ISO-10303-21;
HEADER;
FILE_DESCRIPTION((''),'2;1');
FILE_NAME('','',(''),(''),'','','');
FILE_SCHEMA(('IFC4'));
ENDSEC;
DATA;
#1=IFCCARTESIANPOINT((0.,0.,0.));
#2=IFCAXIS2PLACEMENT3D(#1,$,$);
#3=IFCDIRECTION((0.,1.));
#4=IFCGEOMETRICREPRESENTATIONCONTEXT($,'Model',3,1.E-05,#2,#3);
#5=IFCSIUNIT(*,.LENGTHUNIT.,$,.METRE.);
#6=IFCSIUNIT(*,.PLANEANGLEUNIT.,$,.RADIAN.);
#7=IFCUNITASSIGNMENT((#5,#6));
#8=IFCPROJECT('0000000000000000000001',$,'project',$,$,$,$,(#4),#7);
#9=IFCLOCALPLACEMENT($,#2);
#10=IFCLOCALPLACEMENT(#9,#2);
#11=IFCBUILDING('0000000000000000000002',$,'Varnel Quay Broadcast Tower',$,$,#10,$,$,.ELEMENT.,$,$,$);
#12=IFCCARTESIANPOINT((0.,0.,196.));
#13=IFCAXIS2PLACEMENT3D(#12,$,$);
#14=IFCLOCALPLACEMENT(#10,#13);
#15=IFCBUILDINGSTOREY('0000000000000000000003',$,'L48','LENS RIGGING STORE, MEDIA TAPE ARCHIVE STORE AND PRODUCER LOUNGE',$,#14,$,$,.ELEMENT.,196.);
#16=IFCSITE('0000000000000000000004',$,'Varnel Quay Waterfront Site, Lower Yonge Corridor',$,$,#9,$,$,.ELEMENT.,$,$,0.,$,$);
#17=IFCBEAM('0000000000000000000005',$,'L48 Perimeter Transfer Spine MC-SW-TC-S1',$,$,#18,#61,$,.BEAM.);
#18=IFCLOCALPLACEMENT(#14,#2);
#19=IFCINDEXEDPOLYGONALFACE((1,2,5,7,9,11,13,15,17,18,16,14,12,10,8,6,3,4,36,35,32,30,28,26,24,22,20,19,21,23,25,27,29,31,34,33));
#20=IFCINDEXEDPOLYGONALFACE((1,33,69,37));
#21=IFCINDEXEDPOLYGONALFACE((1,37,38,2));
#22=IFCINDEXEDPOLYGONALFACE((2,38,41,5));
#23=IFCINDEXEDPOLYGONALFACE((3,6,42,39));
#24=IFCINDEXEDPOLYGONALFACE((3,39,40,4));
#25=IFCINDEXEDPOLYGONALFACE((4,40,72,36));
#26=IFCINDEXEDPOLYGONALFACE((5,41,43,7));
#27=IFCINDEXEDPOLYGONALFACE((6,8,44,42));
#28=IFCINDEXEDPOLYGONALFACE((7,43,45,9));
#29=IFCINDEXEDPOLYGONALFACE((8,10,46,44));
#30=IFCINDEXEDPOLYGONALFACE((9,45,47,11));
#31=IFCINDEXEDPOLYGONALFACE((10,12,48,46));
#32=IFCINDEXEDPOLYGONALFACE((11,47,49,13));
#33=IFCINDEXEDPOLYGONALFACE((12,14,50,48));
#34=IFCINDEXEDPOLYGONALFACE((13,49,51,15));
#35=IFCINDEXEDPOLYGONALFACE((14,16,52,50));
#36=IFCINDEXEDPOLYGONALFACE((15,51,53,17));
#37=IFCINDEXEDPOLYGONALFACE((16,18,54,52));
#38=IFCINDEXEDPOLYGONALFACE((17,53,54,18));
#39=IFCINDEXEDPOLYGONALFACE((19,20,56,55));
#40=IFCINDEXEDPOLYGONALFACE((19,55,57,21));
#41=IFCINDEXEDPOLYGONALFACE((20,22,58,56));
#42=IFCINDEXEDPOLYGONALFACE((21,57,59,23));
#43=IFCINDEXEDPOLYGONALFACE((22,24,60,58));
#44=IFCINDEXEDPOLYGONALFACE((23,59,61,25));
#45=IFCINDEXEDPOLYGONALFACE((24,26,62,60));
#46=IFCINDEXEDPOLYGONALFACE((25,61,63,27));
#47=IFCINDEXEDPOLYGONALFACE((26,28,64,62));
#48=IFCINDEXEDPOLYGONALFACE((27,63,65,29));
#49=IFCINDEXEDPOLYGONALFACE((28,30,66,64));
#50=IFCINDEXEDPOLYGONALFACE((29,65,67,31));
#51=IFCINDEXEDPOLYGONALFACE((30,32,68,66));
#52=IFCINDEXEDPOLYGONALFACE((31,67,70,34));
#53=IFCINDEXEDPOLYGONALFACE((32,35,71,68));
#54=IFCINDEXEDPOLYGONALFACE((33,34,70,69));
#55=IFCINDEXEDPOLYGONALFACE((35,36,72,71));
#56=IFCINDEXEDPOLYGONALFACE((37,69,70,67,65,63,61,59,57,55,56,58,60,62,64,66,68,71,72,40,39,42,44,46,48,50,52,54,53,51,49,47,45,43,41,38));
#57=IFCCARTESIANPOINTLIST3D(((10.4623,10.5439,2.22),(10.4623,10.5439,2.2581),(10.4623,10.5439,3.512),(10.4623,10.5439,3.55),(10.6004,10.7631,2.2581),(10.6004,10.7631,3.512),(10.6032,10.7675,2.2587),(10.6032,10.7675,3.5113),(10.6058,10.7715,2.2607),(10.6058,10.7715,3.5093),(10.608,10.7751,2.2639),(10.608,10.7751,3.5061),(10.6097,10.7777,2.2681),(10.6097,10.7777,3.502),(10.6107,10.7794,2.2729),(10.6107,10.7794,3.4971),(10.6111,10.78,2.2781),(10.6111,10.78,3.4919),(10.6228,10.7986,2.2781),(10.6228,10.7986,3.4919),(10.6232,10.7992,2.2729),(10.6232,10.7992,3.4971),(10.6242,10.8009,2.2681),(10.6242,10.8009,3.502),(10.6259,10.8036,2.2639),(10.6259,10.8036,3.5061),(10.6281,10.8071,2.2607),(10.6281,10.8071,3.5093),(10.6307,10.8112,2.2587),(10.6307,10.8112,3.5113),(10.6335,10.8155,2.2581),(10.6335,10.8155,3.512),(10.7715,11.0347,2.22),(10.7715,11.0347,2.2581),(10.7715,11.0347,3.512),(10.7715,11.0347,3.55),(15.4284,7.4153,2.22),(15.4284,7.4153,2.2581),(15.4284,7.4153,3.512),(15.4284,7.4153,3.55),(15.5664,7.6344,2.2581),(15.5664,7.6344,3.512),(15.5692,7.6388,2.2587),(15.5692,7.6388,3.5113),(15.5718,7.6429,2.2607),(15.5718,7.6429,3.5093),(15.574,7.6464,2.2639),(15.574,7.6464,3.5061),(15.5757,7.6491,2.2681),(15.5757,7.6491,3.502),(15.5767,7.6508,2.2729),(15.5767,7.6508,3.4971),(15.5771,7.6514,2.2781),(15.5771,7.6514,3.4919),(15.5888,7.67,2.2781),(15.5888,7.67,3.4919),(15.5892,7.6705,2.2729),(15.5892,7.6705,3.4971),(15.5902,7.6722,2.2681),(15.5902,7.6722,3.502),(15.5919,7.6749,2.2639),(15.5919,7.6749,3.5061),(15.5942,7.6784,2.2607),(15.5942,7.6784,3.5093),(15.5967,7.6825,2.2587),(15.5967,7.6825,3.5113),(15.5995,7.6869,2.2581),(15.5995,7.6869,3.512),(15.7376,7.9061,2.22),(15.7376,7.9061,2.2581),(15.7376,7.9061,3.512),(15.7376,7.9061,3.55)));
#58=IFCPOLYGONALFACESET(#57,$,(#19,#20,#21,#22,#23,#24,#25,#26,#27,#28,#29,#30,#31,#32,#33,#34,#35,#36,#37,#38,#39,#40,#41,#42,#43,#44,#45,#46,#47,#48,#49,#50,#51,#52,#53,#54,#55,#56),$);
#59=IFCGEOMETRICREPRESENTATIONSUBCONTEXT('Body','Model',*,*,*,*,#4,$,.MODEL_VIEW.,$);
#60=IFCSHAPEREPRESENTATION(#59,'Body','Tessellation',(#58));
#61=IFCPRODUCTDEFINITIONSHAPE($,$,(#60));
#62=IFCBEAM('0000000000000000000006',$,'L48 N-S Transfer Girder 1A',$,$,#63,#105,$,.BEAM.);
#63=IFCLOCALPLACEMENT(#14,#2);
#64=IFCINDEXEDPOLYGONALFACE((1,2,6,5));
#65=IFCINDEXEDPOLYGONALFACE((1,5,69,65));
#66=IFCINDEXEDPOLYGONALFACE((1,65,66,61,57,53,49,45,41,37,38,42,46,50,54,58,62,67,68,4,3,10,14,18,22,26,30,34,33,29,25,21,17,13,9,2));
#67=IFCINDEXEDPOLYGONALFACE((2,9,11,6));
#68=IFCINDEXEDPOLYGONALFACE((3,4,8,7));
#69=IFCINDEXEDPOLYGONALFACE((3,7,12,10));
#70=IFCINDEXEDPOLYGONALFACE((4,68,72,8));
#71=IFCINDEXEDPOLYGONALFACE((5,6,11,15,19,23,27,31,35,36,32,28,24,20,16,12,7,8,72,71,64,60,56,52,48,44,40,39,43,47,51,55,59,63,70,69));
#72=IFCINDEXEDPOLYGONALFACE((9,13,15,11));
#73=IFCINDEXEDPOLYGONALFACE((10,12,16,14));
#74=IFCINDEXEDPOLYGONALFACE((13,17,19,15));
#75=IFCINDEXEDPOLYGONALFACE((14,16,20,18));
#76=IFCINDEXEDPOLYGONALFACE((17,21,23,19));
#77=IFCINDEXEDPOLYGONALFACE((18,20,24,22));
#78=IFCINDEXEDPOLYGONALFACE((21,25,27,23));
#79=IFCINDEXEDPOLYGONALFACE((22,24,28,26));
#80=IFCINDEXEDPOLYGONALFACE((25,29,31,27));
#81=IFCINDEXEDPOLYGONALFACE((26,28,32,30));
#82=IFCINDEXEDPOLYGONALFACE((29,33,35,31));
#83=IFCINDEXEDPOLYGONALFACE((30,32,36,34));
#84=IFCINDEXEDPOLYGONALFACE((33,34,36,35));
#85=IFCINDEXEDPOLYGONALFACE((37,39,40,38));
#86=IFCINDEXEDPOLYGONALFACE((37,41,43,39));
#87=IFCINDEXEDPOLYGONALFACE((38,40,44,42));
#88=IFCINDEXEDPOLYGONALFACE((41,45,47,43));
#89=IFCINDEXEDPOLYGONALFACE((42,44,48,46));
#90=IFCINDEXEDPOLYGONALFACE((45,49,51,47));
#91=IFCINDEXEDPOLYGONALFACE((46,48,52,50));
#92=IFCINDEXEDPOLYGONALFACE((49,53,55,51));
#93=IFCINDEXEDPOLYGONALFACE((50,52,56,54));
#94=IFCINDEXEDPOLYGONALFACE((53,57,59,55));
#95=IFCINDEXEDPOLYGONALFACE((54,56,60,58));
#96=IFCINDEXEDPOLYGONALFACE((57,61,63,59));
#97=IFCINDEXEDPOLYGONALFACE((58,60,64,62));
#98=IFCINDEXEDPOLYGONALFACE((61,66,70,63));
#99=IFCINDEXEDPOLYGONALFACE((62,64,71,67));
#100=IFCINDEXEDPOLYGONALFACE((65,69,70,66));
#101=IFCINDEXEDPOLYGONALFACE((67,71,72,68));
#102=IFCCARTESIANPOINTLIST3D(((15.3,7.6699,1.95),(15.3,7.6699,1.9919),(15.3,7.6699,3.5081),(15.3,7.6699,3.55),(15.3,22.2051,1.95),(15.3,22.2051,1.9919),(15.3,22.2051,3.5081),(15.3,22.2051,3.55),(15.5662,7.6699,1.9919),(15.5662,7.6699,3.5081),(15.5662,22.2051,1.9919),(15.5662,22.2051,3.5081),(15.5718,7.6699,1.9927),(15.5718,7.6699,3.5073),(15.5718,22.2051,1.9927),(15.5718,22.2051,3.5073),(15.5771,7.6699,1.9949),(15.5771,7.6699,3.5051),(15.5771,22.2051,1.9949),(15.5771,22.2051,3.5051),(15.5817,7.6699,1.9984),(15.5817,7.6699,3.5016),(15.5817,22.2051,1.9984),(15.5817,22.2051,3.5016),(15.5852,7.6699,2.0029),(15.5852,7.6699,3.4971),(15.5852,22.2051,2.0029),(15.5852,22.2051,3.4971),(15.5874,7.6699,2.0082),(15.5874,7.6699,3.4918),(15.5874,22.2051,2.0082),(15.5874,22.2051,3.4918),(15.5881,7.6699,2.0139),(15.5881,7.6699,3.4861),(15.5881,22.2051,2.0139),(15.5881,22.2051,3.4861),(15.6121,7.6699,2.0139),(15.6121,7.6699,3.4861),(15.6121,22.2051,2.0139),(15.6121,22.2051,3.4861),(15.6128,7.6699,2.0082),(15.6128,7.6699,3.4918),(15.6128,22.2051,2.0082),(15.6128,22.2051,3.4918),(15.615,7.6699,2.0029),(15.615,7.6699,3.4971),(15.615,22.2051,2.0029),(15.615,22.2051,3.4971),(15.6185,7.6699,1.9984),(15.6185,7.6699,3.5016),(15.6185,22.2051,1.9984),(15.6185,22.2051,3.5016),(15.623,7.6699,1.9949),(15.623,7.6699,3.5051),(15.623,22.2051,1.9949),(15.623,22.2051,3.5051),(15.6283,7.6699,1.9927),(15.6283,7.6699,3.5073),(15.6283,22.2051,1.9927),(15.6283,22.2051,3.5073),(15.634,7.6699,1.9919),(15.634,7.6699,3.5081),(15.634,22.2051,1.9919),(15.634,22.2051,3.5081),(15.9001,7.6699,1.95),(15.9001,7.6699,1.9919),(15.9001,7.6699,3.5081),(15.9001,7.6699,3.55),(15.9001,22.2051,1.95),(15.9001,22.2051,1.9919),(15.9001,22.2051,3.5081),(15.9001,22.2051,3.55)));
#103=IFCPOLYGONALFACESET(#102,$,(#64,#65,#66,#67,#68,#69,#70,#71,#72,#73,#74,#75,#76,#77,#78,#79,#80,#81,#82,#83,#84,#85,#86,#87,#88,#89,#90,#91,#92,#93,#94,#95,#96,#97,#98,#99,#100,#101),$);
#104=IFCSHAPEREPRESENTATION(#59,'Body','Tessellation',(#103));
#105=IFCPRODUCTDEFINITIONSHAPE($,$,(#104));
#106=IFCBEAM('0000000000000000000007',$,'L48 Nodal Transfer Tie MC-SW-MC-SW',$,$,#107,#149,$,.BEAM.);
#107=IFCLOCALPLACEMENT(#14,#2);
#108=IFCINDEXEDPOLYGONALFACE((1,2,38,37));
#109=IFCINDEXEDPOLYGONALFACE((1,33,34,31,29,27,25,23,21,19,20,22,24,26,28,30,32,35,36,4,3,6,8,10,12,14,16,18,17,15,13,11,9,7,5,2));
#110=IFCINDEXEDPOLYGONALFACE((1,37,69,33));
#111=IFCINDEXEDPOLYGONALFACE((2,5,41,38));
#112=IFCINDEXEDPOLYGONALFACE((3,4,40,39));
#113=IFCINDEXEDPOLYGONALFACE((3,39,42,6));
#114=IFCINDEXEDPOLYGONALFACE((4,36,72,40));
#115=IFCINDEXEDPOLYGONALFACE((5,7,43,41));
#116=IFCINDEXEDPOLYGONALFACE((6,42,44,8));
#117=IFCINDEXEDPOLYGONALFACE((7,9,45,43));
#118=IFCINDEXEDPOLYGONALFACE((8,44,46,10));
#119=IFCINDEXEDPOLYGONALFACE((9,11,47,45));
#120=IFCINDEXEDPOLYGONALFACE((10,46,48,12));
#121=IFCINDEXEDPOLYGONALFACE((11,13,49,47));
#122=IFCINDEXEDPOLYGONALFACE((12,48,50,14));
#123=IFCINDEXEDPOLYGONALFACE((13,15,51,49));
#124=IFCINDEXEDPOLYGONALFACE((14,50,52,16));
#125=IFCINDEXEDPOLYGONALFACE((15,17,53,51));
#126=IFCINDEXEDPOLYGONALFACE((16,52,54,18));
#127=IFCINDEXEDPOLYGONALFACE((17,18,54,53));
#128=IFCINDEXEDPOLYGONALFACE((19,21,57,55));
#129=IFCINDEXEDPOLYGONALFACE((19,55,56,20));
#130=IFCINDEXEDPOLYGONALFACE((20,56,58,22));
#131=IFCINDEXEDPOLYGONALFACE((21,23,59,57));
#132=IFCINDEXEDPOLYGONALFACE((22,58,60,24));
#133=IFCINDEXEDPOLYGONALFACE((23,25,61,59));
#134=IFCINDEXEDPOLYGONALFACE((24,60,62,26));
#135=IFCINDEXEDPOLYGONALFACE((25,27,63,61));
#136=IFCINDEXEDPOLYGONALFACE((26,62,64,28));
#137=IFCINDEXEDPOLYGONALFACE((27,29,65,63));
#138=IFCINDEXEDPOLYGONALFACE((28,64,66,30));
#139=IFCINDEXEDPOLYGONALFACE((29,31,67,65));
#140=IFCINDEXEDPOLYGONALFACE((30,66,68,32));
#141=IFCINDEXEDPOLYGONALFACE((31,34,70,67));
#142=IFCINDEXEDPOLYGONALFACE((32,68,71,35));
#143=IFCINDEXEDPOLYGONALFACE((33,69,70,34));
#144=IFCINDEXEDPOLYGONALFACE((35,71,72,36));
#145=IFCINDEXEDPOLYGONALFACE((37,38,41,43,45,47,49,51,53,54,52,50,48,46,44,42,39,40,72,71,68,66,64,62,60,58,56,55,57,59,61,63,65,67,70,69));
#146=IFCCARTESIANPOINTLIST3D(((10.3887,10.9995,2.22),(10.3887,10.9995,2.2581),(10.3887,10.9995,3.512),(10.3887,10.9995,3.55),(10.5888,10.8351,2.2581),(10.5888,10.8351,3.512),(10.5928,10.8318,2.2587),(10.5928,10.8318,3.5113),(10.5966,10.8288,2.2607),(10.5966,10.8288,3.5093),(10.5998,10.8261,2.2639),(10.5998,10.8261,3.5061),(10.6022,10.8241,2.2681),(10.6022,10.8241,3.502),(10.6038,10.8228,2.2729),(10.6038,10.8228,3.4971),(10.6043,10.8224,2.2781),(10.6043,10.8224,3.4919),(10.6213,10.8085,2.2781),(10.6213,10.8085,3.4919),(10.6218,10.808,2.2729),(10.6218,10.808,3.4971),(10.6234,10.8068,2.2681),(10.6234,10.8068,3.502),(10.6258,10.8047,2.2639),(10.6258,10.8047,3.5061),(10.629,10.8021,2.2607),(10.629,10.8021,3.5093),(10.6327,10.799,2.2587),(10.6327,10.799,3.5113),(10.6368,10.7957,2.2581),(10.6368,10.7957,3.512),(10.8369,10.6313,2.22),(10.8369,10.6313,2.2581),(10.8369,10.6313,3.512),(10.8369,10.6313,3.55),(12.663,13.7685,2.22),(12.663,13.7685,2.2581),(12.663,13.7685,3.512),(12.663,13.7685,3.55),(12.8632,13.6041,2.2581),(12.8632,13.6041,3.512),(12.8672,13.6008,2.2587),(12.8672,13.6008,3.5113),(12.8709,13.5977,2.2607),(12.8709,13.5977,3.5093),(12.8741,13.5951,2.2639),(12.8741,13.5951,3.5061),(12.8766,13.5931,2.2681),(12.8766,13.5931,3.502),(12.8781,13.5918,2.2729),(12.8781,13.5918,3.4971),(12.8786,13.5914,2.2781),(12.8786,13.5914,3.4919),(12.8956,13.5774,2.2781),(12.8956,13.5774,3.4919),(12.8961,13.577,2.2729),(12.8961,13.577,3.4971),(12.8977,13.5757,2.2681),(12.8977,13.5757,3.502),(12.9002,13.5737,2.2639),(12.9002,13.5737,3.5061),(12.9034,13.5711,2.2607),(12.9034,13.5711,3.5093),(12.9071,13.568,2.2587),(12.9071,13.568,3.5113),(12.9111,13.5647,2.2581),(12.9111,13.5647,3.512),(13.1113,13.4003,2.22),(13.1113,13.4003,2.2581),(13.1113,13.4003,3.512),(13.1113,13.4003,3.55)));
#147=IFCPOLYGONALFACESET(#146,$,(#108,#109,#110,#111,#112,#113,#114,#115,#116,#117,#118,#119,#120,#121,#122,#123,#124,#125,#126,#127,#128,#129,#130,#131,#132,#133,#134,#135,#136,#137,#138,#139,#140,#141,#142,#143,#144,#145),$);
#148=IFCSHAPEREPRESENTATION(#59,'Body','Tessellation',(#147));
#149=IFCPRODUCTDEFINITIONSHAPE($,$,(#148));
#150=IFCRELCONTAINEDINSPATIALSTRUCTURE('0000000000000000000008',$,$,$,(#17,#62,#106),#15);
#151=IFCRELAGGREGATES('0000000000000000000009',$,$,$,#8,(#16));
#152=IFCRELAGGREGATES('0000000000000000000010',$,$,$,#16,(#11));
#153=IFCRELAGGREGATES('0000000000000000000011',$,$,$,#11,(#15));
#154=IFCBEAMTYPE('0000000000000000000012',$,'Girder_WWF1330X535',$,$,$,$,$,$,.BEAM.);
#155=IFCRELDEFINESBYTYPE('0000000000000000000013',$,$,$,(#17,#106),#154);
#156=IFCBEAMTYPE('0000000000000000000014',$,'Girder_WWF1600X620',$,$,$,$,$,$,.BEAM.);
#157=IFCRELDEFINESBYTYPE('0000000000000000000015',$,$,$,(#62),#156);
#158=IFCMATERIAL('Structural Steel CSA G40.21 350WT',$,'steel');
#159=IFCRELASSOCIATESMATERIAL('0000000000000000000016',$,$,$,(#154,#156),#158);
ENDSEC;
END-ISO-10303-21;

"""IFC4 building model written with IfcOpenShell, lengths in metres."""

from ifc_helpers import new_model, si_unit, direction, frame, origin, origin_2d, place, context, subcontext, project, spatial, i_section, extrude, source, transform, mapped, material, material_profile, profile_set, type_object, element, save


model = new_model("IFC4")

# Units and contexts
model_context = context("Model", 3, precision=1e-05, world=origin(), true_north=direction((0.0, 1.0)))
body_context = subcontext(model_context, "Body", "Model", "MODEL_VIEW")
ifc_project = project(units=[si_unit("LENGTHUNIT", "METRE"), si_unit("PLANEANGLEUNIT", "RADIAN")], contexts=[model_context])

# Site, building, storey
site_placement = place(None, origin())
site = spatial("IfcSite", under=ifc_project, at=site_placement, Name="Varnel Quay Waterfront Site, Lower Yonge Corridor", CompositionType="ELEMENT", RefElevation=0.0)
building_placement = place(site_placement, origin())
building = spatial("IfcBuilding", under=site, at=building_placement, Name="Varnel Quay Broadcast Tower", CompositionType="ELEMENT")
storey_placement = place(building_placement, frame((0.0, 0.0, 196.0)))
storey = spatial("IfcBuildingStorey", under=building, at=storey_placement, Name="L48", Description="LENS RIGGING STORE, MEDIA TAPE ARCHIVE STORE AND PRODUCER LOUNGE", CompositionType="ELEMENT", Elevation=196.0)

# Shared definitions
ifc_material_1 = material(Name="Structural Steel CSA G40.21 350WT", Category="steel")

# Beams
ifc_material_profile_1 = material_profile(ifc_material_1, i_section(OverallWidth=0.5801, OverallDepth=1.3301, WebThickness=0.022, FlangeThickness=0.0381, FilletRadius=0.02, at=origin_2d()), Name="WWF1330X535")
ifc_profile_set_1 = profile_set([ifc_material_profile_1], Name="Structural Steel CSA G40.21 350WT")
beam_type_1 = type_object("IfcBeamType", Name="Girder_WWF1330X535", PredefinedType="BEAM", material=ifc_profile_set_1)
ifc_material_profile_2 = material_profile(ifc_material_1, i_section(OverallWidth=0.6001, OverallDepth=1.6001, WebThickness=0.0239, FlangeThickness=0.042, FilletRadius=0.022, at=origin_2d()), Name="WWF1600X620")
ifc_profile_set_2 = profile_set([ifc_material_profile_2], Name="Structural Steel CSA G40.21 350WT")
beam_type_2 = type_object("IfcBeamType", Name="Girder_WWF1600X620", PredefinedType="BEAM", material=ifc_profile_set_2)
shared_shape_1 = source(origin(), body_context, "Body", "SweptSolid", [
    extrude(i_section(OverallWidth=0.5801, OverallDepth=1.3301, WebThickness=0.022, FlangeThickness=0.0381, FilletRadius=0.02, at=origin_2d()), origin(), (0.0, 0.0, 1.0), 5.8694),
])
beam_1_placement = place(storey_placement, frame((10.6169, 10.7893, 2.885), z_axis=(0.846088, -0.533043, 0.0), x_axis=(0.533043, 0.846088, 0.0)))
element("IfcBeam", 1, at=beam_1_placement, inside=storey, type_object=beam_type_1, Name="L48 Perimeter Transfer Spine MC-SW-TC-S1", PredefinedType="BEAM", context=body_context, shape_type="MappedRepresentation", body=[
    mapped(shared_shape_1, transform((0.0, 0.0, 0.0), x_axis=(1.0, 0.0, 0.0), y_axis=(0.0, 1.0, 0.0), z_axis=(0.0, 0.0, 1.0), scale=1.0)),
])
shared_shape_2 = source(origin(), body_context, "Body", "SweptSolid", [
    extrude(i_section(OverallWidth=0.6001, OverallDepth=1.6001, WebThickness=0.0239, FlangeThickness=0.042, FilletRadius=0.022, at=origin_2d()), origin(), (0.0, 0.0, 1.0), 14.5352),
])
beam_2_placement = place(storey_placement, frame((15.6001, 7.6699, 2.75), z_axis=(0.0, 1.0, 0.0), x_axis=(-1.0, 0.0, 0.0)))
element("IfcBeam", 2, at=beam_2_placement, inside=storey, type_object=beam_type_2, Name="L48 N-S Transfer Girder 1A", PredefinedType="BEAM", context=body_context, shape_type="MappedRepresentation", body=[
    mapped(shared_shape_2, transform((0.0, 0.0, 0.0), x_axis=(1.0, 0.0, 0.0), y_axis=(0.0, 1.0, 0.0), z_axis=(0.0, 0.0, 1.0), scale=1.0)),
])
shared_shape_3 = source(origin(), body_context, "Body", "SweptSolid", [
    extrude(i_section(OverallWidth=0.5801, OverallDepth=1.3301, WebThickness=0.022, FlangeThickness=0.0381, FilletRadius=0.02, at=origin_2d()), origin(), (0.0, 0.0, 1.0), 3.5833),
])
beam_3_placement = place(storey_placement, frame((10.6128, 10.8154, 2.885), z_axis=(0.634713, 0.772748, 0.0), x_axis=(-0.772748, 0.634713, 0.0)))
element("IfcBeam", 3, at=beam_3_placement, inside=storey, type_object=beam_type_1, Name="L48 Nodal Transfer Tie MC-SW-MC-SW", PredefinedType="BEAM", context=body_context, shape_type="MappedRepresentation", body=[
    mapped(shared_shape_3, transform((0.0, 0.0, 0.0), x_axis=(1.0, 0.0, 0.0), y_axis=(0.0, 1.0, 0.0), z_axis=(0.0, 0.0, 1.0), scale=1.0)),
])

save(model, "model.ifc")
